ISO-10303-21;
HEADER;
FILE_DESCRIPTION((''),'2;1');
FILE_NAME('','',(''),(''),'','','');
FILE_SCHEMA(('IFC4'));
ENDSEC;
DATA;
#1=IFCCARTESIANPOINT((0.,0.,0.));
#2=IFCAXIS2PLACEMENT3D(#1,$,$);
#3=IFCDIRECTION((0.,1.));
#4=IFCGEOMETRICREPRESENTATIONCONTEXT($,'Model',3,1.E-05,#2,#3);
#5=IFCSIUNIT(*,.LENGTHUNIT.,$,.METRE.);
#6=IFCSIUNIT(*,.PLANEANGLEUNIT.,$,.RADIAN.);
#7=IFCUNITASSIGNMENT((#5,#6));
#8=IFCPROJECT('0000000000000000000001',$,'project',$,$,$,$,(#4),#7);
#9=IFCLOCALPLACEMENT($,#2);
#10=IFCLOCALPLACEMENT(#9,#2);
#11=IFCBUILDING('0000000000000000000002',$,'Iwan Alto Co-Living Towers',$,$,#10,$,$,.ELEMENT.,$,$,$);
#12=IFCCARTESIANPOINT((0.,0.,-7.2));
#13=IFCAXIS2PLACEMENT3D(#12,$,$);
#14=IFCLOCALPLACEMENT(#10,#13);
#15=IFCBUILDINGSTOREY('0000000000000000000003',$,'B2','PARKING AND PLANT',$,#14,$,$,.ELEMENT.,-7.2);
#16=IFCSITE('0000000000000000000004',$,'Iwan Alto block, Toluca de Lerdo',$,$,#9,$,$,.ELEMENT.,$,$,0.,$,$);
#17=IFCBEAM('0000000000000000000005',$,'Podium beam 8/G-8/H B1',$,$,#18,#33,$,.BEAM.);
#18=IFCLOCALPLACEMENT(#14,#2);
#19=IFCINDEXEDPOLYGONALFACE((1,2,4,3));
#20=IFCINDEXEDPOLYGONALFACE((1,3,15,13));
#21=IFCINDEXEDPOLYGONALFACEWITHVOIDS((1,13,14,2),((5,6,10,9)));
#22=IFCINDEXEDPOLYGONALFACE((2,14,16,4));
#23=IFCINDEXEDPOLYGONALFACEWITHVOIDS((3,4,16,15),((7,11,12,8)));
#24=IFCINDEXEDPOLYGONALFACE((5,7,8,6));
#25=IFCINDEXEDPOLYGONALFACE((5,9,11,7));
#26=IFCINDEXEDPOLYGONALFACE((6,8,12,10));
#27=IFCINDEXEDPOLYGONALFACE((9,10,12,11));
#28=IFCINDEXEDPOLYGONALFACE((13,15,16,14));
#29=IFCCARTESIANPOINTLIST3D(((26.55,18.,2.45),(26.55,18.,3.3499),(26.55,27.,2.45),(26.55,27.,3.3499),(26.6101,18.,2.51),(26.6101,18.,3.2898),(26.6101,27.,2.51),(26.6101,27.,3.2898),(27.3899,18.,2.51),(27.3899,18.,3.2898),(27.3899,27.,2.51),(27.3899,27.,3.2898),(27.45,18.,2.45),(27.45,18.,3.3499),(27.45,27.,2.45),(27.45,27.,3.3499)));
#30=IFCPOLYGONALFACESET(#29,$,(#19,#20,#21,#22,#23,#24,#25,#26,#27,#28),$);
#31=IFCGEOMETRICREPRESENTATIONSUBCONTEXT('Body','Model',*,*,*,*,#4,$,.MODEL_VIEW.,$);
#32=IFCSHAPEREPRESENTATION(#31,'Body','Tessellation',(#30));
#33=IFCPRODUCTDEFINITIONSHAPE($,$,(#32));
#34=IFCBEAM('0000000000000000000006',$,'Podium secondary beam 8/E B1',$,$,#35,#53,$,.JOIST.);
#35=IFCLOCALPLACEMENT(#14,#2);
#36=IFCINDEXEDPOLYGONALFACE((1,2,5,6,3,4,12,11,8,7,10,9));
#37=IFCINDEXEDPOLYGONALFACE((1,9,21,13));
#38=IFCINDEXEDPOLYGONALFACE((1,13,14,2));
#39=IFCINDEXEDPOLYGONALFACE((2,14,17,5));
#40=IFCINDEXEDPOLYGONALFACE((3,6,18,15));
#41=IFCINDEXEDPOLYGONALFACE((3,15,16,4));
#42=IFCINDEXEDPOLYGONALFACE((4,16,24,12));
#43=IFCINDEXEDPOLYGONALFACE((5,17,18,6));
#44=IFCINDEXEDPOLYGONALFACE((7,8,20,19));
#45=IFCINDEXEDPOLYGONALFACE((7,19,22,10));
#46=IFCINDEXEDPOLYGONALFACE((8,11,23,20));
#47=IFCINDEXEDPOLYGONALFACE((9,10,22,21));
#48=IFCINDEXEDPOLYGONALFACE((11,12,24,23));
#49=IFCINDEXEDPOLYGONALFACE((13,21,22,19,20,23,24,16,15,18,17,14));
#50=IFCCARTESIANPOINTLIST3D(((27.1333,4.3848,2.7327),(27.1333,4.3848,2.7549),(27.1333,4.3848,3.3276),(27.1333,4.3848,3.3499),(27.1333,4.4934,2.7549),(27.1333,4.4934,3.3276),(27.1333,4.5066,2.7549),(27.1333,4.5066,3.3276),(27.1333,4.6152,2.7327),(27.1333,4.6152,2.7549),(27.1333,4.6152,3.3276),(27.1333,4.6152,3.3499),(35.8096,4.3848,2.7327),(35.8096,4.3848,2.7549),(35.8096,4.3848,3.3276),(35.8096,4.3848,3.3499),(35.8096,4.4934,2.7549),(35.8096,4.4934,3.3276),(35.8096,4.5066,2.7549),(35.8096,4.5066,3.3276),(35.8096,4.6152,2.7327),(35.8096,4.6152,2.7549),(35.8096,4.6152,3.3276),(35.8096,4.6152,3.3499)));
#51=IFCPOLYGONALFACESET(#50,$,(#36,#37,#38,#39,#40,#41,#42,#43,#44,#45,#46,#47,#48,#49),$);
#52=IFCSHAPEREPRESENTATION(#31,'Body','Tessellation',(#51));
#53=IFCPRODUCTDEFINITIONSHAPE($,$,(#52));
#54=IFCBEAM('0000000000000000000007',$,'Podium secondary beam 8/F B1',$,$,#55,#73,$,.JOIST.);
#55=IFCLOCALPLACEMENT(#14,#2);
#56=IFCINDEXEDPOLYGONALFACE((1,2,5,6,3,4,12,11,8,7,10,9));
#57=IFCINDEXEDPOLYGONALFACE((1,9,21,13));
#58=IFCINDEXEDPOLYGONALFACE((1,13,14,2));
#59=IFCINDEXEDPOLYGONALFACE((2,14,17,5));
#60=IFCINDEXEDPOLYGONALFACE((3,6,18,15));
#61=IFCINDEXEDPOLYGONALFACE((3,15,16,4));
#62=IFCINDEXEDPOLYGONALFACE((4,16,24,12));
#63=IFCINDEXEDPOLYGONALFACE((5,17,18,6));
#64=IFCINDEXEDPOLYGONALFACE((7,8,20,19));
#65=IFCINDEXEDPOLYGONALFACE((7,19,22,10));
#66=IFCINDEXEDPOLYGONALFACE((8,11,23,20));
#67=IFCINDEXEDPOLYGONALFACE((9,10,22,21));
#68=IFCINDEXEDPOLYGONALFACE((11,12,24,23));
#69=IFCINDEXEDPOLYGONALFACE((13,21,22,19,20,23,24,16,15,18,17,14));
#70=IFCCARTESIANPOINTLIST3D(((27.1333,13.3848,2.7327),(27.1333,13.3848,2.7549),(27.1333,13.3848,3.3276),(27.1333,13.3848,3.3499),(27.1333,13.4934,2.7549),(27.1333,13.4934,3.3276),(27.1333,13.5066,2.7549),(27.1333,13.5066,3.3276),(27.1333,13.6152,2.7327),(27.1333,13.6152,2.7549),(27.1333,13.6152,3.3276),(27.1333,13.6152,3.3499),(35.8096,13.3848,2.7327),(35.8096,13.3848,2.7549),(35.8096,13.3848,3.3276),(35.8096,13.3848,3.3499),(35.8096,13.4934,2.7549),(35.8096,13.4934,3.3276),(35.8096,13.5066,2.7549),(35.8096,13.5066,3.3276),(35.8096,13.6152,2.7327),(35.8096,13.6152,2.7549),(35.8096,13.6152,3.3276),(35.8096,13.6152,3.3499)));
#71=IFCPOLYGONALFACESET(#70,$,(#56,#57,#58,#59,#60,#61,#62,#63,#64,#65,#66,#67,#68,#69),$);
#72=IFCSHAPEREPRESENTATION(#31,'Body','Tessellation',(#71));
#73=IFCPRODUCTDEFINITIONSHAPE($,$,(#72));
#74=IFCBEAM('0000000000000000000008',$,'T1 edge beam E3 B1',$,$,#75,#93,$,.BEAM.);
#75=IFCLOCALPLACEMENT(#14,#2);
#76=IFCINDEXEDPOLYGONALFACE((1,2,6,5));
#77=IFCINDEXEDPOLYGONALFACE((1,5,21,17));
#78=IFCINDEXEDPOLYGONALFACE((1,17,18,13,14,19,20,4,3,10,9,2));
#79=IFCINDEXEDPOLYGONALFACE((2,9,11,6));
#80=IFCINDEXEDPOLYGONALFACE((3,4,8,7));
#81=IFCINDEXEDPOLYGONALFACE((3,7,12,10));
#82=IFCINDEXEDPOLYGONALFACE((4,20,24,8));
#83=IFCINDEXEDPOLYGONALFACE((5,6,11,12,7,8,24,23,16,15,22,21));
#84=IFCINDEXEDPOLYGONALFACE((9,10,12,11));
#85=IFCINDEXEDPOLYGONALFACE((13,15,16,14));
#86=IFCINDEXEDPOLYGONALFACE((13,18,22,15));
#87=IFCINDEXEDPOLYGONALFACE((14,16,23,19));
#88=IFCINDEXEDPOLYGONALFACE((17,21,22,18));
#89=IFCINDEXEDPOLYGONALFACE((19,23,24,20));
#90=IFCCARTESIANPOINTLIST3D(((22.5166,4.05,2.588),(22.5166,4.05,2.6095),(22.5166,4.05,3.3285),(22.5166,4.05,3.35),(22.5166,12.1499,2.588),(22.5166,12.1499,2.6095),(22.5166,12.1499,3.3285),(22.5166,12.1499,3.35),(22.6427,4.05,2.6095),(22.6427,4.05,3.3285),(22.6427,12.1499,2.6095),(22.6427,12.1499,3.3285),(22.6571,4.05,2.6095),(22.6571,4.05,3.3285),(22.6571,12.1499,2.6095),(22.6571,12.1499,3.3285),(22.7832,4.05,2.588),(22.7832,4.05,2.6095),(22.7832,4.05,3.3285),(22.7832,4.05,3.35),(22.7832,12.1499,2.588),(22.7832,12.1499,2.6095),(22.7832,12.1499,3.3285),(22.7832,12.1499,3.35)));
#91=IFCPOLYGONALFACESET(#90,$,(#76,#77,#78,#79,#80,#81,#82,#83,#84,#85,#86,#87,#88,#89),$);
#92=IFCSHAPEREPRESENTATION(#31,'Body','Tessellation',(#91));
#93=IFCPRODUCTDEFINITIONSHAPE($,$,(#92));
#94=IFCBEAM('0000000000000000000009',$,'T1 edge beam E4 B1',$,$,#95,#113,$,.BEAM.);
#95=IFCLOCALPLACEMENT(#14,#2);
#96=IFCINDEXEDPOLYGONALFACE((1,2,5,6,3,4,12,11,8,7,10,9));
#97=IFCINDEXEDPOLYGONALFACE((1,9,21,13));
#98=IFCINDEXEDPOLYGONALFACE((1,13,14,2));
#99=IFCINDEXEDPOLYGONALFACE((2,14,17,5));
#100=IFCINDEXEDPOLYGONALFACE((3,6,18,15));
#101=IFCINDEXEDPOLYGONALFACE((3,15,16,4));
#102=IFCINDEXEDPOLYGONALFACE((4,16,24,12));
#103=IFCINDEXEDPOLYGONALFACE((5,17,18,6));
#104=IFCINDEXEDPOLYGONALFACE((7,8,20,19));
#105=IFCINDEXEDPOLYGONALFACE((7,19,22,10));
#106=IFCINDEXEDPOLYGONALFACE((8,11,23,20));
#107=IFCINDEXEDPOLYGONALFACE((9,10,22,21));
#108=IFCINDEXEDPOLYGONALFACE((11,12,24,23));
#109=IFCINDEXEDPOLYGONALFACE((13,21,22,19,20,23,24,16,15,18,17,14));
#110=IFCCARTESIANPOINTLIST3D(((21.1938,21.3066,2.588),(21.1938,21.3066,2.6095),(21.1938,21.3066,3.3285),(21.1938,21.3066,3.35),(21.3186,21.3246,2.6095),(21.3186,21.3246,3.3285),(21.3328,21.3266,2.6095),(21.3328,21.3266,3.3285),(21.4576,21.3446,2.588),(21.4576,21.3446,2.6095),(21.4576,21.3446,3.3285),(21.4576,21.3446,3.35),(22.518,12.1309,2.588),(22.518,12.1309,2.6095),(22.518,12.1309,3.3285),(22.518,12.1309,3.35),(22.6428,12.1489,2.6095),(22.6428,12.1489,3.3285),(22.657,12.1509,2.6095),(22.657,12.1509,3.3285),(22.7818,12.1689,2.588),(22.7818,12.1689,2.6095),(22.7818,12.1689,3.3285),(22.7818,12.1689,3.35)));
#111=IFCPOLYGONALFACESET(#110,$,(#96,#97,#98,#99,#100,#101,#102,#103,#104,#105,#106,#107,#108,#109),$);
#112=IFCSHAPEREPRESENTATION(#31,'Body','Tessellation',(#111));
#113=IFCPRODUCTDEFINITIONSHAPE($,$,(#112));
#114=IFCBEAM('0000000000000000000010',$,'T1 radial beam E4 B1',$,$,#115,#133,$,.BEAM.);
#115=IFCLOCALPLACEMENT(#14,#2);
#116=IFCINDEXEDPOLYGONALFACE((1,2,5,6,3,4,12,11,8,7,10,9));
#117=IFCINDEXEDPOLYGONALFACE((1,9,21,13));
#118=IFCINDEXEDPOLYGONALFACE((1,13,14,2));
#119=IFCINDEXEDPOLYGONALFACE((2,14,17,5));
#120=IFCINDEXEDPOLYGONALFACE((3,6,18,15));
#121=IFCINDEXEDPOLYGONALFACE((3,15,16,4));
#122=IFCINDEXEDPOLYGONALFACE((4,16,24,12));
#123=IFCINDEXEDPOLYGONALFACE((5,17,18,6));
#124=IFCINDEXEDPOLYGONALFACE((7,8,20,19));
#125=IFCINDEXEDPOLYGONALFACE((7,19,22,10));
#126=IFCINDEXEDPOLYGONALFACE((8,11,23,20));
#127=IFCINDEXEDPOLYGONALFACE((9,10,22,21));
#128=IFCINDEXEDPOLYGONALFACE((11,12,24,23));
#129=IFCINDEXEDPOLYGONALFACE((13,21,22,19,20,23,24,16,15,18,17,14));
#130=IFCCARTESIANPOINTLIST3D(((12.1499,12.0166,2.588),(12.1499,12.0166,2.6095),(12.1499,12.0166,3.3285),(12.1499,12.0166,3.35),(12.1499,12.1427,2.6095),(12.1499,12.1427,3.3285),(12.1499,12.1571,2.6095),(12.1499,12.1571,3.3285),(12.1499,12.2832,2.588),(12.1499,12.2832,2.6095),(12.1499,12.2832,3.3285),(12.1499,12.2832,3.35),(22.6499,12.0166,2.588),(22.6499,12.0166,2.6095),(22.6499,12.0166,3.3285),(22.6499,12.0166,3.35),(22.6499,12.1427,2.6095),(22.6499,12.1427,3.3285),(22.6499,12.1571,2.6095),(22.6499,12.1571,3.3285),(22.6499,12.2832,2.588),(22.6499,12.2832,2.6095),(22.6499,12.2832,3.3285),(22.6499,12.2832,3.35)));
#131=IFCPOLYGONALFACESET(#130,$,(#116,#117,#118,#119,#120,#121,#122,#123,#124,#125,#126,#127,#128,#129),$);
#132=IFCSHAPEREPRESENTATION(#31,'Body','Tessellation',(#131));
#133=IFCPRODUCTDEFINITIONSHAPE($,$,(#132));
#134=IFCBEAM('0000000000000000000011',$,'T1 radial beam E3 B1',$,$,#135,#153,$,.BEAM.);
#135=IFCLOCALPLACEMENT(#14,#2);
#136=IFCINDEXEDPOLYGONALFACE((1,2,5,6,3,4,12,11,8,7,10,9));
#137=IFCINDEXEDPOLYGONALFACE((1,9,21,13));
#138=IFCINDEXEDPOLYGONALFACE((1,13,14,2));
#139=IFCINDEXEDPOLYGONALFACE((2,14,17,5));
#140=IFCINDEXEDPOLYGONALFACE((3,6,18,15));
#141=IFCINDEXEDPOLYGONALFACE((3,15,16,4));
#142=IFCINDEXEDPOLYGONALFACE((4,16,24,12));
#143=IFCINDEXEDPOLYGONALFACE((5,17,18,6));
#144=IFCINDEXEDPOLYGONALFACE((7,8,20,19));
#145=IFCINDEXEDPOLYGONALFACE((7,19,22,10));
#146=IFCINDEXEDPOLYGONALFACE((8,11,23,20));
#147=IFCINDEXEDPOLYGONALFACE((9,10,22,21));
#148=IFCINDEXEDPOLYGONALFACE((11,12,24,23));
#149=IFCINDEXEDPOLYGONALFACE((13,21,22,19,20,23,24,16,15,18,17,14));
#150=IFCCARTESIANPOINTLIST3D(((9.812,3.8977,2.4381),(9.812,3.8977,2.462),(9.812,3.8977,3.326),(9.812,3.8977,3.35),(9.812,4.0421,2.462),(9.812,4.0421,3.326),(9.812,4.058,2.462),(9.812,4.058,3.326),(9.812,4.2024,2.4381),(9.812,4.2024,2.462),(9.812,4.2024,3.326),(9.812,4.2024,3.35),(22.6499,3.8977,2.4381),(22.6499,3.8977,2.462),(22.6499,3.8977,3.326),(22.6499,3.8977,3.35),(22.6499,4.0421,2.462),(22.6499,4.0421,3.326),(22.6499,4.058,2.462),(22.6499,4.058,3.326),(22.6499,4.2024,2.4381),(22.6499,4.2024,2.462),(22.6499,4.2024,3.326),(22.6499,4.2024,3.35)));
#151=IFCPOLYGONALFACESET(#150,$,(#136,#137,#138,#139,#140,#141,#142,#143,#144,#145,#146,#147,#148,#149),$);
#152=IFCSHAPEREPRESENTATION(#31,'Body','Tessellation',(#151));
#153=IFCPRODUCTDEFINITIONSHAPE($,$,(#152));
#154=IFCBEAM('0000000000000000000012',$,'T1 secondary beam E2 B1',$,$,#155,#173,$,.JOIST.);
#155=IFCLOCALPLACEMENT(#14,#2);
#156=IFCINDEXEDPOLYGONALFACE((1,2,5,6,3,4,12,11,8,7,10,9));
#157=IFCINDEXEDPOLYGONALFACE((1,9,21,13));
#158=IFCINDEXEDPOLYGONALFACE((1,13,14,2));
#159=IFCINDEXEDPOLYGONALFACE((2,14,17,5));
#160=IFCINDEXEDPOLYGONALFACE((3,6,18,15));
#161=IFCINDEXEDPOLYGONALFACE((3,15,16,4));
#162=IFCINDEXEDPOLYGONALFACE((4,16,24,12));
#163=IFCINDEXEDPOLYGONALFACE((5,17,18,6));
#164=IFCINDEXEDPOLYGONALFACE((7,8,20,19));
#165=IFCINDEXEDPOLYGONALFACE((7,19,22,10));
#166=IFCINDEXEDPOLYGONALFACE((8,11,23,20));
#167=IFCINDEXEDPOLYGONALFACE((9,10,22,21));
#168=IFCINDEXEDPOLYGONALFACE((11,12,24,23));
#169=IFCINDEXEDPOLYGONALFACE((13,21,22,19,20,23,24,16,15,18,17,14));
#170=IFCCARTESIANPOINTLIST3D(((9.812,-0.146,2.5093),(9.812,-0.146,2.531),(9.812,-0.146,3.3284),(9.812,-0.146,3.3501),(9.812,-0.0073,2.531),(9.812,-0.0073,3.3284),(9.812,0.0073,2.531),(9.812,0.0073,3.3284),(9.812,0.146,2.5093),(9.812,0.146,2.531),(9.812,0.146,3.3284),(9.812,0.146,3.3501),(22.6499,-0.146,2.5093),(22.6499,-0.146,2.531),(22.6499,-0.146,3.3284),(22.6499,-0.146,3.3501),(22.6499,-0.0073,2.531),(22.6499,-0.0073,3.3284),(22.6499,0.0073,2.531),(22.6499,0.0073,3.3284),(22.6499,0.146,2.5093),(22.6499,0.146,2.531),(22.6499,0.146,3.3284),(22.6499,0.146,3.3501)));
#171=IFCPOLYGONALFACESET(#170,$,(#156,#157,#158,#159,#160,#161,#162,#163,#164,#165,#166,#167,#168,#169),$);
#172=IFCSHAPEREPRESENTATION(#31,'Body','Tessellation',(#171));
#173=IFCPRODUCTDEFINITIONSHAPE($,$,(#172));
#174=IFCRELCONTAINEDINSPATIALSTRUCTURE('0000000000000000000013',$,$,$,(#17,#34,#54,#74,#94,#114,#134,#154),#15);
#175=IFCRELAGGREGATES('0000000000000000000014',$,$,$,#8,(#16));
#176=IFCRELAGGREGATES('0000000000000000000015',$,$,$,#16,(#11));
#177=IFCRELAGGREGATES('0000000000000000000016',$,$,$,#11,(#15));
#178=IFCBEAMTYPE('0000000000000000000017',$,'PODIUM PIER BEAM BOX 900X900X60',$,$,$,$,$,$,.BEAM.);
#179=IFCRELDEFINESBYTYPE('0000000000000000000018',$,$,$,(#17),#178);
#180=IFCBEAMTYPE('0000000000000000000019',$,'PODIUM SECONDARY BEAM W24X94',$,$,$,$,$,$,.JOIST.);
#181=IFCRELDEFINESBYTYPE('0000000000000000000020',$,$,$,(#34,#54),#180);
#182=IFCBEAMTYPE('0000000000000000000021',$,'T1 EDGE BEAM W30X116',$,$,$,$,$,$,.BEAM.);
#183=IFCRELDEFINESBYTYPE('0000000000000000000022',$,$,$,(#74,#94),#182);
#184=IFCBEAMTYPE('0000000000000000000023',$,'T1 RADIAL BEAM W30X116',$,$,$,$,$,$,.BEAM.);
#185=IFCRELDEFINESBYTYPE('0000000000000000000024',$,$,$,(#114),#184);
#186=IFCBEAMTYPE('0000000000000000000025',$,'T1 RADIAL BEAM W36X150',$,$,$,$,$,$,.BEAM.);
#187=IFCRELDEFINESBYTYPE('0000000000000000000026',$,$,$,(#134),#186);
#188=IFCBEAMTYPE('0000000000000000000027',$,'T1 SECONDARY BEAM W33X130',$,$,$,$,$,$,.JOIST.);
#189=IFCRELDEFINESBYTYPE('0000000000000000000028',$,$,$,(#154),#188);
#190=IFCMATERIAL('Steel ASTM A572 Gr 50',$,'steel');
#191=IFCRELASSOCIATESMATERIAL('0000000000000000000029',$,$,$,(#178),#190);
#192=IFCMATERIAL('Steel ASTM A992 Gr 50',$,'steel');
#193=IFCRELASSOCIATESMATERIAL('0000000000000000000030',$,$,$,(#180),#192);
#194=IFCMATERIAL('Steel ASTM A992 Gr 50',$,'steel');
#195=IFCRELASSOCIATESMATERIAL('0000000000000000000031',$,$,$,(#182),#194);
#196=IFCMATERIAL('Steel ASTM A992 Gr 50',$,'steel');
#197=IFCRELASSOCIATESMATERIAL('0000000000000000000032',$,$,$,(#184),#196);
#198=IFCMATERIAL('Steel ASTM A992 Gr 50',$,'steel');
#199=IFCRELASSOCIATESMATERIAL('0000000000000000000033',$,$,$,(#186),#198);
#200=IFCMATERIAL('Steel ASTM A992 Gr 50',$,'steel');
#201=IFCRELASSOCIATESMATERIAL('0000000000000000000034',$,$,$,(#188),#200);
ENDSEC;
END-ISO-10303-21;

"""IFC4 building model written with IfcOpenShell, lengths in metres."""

from ifc_helpers import new_model, si_unit, direction, frame, origin, origin_2d, place, context, subcontext, project, spatial, hollow_rectangle, i_section, extrude, material, material_profile, profile_set, type_object, element, save


model = new_model("IFC4")

# Units and contexts
model_context = context("Model", 3, precision=1e-05, world=origin(), true_north=direction((0.0, 1.0)))
body_context = subcontext(model_context, "Body", "Model", "MODEL_VIEW")
ifc_project = project(units=[si_unit("LENGTHUNIT", "METRE"), si_unit("PLANEANGLEUNIT", "RADIAN")], contexts=[model_context])

# Site, building, storey
site_placement = place(None, origin())
site = spatial("IfcSite", under=ifc_project, at=site_placement, Name="Iwan Alto block, Toluca de Lerdo", CompositionType="ELEMENT", RefElevation=0.0)
building_placement = place(site_placement, origin())
building = spatial("IfcBuilding", under=site, at=building_placement, Name="Iwan Alto Co-Living Towers", CompositionType="ELEMENT")
storey_placement = place(building_placement, frame((0.0, 0.0, -7.2)))
storey = spatial("IfcBuildingStorey", under=building, at=storey_placement, Name="B2", Description="PARKING AND PLANT", CompositionType="ELEMENT", Elevation=-7.2)

# Beams
ifc_material_1 = material(Name="Steel ASTM A572 Gr 50", Category="steel")
ifc_material_profile_1 = material_profile(ifc_material_1, hollow_rectangle(XDim=0.8999, YDim=0.8999, WallThickness=0.0601, at=origin_2d()), Name="BOX 900X900X60")
ifc_profile_set_1 = profile_set([ifc_material_profile_1], Name="Steel ASTM A572 Gr 50")
beam_type_1 = type_object("IfcBeamType", Name="PODIUM PIER BEAM BOX 900X900X60", PredefinedType="BEAM", material=ifc_profile_set_1)
beam_1_placement = place(storey_placement, frame((27.0, 18.0, 2.8999), z_axis=(0.0, 1.0, 0.0), x_axis=(-1.0, 0.0, 0.0)))
element("IfcBeam", 1, at=beam_1_placement, inside=storey, type_object=beam_type_1, Name="Podium beam 8/G-8/H B1", PredefinedType="BEAM", context=body_context, shape_type="SweptSolid", body=[
    extrude(hollow_rectangle(XDim=0.8999, YDim=0.8999, WallThickness=0.0601, at=origin_2d()), origin(), (0.0, 0.0, 1.0), 9.0),
])
ifc_material_2 = material(Name="Steel ASTM A992 Gr 50", Category="steel")
ifc_material_profile_2 = material_profile(ifc_material_2, i_section(OverallWidth=0.2305, OverallDepth=0.6172, WebThickness=0.0132, FlangeThickness=0.0222, at=origin_2d()), Name="W24X94")
ifc_profile_set_2 = profile_set([ifc_material_profile_2], Name="Steel ASTM A992 Gr 50")
beam_type_2 = type_object("IfcBeamType", Name="PODIUM SECONDARY BEAM W24X94", PredefinedType="JOIST", material=ifc_profile_set_2)
for number, where, z_axis, x_axis, name in (
    (2, (27.1333, 4.5, 3.0413), (1.0, 0.0, 0.0), (0.0, 1.0, 0.0), "Podium secondary beam 8/E B1"),
    (3, (27.1333, 13.5, 3.0413), (1.0, 0.0, 0.0), (0.0, 1.0, 0.0), "Podium secondary beam 8/F B1"),
):
    element("IfcBeam", number, at=place(storey_placement, frame(where, z_axis=z_axis, x_axis=x_axis)), inside=storey, type_object=beam_type_2, Name=name, PredefinedType="JOIST", context=body_context, shape_type="SweptSolid", body=[
        extrude(i_section(OverallWidth=0.2305, OverallDepth=0.6172, WebThickness=0.0132, FlangeThickness=0.0222, at=origin_2d()), origin(), (0.0, 0.0, 1.0), 8.6763),
    ])
ifc_material_3 = material(Name="Steel ASTM A992 Gr 50", Category="steel")
ifc_material_profile_3 = material_profile(ifc_material_3, i_section(OverallWidth=0.2666, OverallDepth=0.762, WebThickness=0.0144, FlangeThickness=0.0215, at=origin_2d()), Name="W30X116")
ifc_profile_set_3 = profile_set([ifc_material_profile_3], Name="Steel ASTM A992 Gr 50")
beam_type_3 = type_object("IfcBeamType", Name="T1 EDGE BEAM W30X116", PredefinedType="BEAM", material=ifc_profile_set_3)
beam_2_placement = place(storey_placement, frame((22.6499, 4.05, 2.969), z_axis=(0.0, 1.0, 0.0), x_axis=(-1.0, 0.0, 0.0)))
element("IfcBeam", 4, at=beam_2_placement, inside=storey, type_object=beam_type_3, Name="T1 edge beam E3 B1", PredefinedType="BEAM", context=body_context, shape_type="SweptSolid", body=[
    extrude(i_section(OverallWidth=0.2666, OverallDepth=0.762, WebThickness=0.0144, FlangeThickness=0.0215, at=origin_2d()), origin(), (0.0, 0.0, 1.0), 8.0999),
])
beam_3_placement = place(storey_placement, frame((22.6499, 12.1499, 2.969), z_axis=(-0.142837, 0.989746, 0.0), x_axis=(-0.989746, -0.142837, 0.0)))
element("IfcBeam", 5, at=beam_3_placement, inside=storey, type_object=beam_type_3, Name="T1 edge beam E4 B1", PredefinedType="BEAM", context=body_context, shape_type="SweptSolid", body=[
    extrude(i_section(OverallWidth=0.2666, OverallDepth=0.762, WebThickness=0.0144, FlangeThickness=0.0215, at=origin_2d()), origin(), (0.0, 0.0, 1.0), 9.2708),
])
ifc_material_4 = material(Name="Steel ASTM A992 Gr 50", Category="steel")
ifc_material_profile_4 = material_profile(ifc_material_4, i_section(OverallWidth=0.2666, OverallDepth=0.762, WebThickness=0.0144, FlangeThickness=0.0215, at=origin_2d()), Name="W30X116")
ifc_profile_set_4 = profile_set([ifc_material_profile_4], Name="Steel ASTM A992 Gr 50")
beam_type_4 = type_object("IfcBeamType", Name="T1 RADIAL BEAM W30X116", PredefinedType="BEAM", material=ifc_profile_set_4)
beam_4_placement = place(storey_placement, frame((22.6499, 12.1499, 2.969), z_axis=(-1.0, 0.0, 0.0), x_axis=(0.0, -1.0, 0.0)))
element("IfcBeam", 6, at=beam_4_placement, inside=storey, type_object=beam_type_4, Name="T1 radial beam E4 B1", PredefinedType="BEAM", context=body_context, shape_type="SweptSolid", body=[
    extrude(i_section(OverallWidth=0.2666, OverallDepth=0.762, WebThickness=0.0144, FlangeThickness=0.0215, at=origin_2d()), origin(), (0.0, 0.0, 1.0), 10.5),
])
ifc_material_5 = material(Name="Steel ASTM A992 Gr 50", Category="steel")
ifc_material_profile_5 = material_profile(ifc_material_5, i_section(OverallWidth=0.3047, OverallDepth=0.9119, WebThickness=0.0159, FlangeThickness=0.0239, at=origin_2d()), Name="W36X150")
ifc_profile_set_5 = profile_set([ifc_material_profile_5], Name="Steel ASTM A992 Gr 50")
beam_type_5 = type_object("IfcBeamType", Name="T1 RADIAL BEAM W36X150", PredefinedType="BEAM", material=ifc_profile_set_5)
beam_5_placement = place(storey_placement, frame((22.6499, 4.05, 2.894), z_axis=(-1.0, 0.0, 0.0), x_axis=(0.0, -1.0, 0.0)))
element("IfcBeam", 7, at=beam_5_placement, inside=storey, type_object=beam_type_5, Name="T1 radial beam E3 B1", PredefinedType="BEAM", context=body_context, shape_type="SweptSolid", body=[
    extrude(i_section(OverallWidth=0.3047, OverallDepth=0.9119, WebThickness=0.0159, FlangeThickness=0.0239, at=origin_2d()), origin(), (0.0, 0.0, 1.0), 12.8379),
])
ifc_material_6 = material(Name="Steel ASTM A992 Gr 50", Category="steel")
ifc_material_profile_6 = material_profile(ifc_material_6, i_section(OverallWidth=0.292, OverallDepth=0.8408, WebThickness=0.0146, FlangeThickness=0.0217, at=origin_2d()), Name="W33X130")
ifc_profile_set_6 = profile_set([ifc_material_profile_6], Name="Steel ASTM A992 Gr 50")
beam_type_6 = type_object("IfcBeamType", Name="T1 SECONDARY BEAM W33X130", PredefinedType="JOIST", material=ifc_profile_set_6)
for number, where, z_axis, x_axis, name in (
    (8, (22.6499, 0.0, 2.9297), (-1.0, 0.0, 0.0), (0.0, -1.0, 0.0), "T1 secondary beam E2 B1"),
):
    element("IfcBeam", number, at=place(storey_placement, frame(where, z_axis=z_axis, x_axis=x_axis)), inside=storey, type_object=beam_type_6, Name=name, PredefinedType="JOIST", context=body_context, shape_type="SweptSolid", body=[
        extrude(i_section(OverallWidth=0.292, OverallDepth=0.8408, WebThickness=0.0146, FlangeThickness=0.0217, at=origin_2d()), origin(), (0.0, 0.0, 1.0), 12.8379),
    ])

save(model, "model.ifc")
